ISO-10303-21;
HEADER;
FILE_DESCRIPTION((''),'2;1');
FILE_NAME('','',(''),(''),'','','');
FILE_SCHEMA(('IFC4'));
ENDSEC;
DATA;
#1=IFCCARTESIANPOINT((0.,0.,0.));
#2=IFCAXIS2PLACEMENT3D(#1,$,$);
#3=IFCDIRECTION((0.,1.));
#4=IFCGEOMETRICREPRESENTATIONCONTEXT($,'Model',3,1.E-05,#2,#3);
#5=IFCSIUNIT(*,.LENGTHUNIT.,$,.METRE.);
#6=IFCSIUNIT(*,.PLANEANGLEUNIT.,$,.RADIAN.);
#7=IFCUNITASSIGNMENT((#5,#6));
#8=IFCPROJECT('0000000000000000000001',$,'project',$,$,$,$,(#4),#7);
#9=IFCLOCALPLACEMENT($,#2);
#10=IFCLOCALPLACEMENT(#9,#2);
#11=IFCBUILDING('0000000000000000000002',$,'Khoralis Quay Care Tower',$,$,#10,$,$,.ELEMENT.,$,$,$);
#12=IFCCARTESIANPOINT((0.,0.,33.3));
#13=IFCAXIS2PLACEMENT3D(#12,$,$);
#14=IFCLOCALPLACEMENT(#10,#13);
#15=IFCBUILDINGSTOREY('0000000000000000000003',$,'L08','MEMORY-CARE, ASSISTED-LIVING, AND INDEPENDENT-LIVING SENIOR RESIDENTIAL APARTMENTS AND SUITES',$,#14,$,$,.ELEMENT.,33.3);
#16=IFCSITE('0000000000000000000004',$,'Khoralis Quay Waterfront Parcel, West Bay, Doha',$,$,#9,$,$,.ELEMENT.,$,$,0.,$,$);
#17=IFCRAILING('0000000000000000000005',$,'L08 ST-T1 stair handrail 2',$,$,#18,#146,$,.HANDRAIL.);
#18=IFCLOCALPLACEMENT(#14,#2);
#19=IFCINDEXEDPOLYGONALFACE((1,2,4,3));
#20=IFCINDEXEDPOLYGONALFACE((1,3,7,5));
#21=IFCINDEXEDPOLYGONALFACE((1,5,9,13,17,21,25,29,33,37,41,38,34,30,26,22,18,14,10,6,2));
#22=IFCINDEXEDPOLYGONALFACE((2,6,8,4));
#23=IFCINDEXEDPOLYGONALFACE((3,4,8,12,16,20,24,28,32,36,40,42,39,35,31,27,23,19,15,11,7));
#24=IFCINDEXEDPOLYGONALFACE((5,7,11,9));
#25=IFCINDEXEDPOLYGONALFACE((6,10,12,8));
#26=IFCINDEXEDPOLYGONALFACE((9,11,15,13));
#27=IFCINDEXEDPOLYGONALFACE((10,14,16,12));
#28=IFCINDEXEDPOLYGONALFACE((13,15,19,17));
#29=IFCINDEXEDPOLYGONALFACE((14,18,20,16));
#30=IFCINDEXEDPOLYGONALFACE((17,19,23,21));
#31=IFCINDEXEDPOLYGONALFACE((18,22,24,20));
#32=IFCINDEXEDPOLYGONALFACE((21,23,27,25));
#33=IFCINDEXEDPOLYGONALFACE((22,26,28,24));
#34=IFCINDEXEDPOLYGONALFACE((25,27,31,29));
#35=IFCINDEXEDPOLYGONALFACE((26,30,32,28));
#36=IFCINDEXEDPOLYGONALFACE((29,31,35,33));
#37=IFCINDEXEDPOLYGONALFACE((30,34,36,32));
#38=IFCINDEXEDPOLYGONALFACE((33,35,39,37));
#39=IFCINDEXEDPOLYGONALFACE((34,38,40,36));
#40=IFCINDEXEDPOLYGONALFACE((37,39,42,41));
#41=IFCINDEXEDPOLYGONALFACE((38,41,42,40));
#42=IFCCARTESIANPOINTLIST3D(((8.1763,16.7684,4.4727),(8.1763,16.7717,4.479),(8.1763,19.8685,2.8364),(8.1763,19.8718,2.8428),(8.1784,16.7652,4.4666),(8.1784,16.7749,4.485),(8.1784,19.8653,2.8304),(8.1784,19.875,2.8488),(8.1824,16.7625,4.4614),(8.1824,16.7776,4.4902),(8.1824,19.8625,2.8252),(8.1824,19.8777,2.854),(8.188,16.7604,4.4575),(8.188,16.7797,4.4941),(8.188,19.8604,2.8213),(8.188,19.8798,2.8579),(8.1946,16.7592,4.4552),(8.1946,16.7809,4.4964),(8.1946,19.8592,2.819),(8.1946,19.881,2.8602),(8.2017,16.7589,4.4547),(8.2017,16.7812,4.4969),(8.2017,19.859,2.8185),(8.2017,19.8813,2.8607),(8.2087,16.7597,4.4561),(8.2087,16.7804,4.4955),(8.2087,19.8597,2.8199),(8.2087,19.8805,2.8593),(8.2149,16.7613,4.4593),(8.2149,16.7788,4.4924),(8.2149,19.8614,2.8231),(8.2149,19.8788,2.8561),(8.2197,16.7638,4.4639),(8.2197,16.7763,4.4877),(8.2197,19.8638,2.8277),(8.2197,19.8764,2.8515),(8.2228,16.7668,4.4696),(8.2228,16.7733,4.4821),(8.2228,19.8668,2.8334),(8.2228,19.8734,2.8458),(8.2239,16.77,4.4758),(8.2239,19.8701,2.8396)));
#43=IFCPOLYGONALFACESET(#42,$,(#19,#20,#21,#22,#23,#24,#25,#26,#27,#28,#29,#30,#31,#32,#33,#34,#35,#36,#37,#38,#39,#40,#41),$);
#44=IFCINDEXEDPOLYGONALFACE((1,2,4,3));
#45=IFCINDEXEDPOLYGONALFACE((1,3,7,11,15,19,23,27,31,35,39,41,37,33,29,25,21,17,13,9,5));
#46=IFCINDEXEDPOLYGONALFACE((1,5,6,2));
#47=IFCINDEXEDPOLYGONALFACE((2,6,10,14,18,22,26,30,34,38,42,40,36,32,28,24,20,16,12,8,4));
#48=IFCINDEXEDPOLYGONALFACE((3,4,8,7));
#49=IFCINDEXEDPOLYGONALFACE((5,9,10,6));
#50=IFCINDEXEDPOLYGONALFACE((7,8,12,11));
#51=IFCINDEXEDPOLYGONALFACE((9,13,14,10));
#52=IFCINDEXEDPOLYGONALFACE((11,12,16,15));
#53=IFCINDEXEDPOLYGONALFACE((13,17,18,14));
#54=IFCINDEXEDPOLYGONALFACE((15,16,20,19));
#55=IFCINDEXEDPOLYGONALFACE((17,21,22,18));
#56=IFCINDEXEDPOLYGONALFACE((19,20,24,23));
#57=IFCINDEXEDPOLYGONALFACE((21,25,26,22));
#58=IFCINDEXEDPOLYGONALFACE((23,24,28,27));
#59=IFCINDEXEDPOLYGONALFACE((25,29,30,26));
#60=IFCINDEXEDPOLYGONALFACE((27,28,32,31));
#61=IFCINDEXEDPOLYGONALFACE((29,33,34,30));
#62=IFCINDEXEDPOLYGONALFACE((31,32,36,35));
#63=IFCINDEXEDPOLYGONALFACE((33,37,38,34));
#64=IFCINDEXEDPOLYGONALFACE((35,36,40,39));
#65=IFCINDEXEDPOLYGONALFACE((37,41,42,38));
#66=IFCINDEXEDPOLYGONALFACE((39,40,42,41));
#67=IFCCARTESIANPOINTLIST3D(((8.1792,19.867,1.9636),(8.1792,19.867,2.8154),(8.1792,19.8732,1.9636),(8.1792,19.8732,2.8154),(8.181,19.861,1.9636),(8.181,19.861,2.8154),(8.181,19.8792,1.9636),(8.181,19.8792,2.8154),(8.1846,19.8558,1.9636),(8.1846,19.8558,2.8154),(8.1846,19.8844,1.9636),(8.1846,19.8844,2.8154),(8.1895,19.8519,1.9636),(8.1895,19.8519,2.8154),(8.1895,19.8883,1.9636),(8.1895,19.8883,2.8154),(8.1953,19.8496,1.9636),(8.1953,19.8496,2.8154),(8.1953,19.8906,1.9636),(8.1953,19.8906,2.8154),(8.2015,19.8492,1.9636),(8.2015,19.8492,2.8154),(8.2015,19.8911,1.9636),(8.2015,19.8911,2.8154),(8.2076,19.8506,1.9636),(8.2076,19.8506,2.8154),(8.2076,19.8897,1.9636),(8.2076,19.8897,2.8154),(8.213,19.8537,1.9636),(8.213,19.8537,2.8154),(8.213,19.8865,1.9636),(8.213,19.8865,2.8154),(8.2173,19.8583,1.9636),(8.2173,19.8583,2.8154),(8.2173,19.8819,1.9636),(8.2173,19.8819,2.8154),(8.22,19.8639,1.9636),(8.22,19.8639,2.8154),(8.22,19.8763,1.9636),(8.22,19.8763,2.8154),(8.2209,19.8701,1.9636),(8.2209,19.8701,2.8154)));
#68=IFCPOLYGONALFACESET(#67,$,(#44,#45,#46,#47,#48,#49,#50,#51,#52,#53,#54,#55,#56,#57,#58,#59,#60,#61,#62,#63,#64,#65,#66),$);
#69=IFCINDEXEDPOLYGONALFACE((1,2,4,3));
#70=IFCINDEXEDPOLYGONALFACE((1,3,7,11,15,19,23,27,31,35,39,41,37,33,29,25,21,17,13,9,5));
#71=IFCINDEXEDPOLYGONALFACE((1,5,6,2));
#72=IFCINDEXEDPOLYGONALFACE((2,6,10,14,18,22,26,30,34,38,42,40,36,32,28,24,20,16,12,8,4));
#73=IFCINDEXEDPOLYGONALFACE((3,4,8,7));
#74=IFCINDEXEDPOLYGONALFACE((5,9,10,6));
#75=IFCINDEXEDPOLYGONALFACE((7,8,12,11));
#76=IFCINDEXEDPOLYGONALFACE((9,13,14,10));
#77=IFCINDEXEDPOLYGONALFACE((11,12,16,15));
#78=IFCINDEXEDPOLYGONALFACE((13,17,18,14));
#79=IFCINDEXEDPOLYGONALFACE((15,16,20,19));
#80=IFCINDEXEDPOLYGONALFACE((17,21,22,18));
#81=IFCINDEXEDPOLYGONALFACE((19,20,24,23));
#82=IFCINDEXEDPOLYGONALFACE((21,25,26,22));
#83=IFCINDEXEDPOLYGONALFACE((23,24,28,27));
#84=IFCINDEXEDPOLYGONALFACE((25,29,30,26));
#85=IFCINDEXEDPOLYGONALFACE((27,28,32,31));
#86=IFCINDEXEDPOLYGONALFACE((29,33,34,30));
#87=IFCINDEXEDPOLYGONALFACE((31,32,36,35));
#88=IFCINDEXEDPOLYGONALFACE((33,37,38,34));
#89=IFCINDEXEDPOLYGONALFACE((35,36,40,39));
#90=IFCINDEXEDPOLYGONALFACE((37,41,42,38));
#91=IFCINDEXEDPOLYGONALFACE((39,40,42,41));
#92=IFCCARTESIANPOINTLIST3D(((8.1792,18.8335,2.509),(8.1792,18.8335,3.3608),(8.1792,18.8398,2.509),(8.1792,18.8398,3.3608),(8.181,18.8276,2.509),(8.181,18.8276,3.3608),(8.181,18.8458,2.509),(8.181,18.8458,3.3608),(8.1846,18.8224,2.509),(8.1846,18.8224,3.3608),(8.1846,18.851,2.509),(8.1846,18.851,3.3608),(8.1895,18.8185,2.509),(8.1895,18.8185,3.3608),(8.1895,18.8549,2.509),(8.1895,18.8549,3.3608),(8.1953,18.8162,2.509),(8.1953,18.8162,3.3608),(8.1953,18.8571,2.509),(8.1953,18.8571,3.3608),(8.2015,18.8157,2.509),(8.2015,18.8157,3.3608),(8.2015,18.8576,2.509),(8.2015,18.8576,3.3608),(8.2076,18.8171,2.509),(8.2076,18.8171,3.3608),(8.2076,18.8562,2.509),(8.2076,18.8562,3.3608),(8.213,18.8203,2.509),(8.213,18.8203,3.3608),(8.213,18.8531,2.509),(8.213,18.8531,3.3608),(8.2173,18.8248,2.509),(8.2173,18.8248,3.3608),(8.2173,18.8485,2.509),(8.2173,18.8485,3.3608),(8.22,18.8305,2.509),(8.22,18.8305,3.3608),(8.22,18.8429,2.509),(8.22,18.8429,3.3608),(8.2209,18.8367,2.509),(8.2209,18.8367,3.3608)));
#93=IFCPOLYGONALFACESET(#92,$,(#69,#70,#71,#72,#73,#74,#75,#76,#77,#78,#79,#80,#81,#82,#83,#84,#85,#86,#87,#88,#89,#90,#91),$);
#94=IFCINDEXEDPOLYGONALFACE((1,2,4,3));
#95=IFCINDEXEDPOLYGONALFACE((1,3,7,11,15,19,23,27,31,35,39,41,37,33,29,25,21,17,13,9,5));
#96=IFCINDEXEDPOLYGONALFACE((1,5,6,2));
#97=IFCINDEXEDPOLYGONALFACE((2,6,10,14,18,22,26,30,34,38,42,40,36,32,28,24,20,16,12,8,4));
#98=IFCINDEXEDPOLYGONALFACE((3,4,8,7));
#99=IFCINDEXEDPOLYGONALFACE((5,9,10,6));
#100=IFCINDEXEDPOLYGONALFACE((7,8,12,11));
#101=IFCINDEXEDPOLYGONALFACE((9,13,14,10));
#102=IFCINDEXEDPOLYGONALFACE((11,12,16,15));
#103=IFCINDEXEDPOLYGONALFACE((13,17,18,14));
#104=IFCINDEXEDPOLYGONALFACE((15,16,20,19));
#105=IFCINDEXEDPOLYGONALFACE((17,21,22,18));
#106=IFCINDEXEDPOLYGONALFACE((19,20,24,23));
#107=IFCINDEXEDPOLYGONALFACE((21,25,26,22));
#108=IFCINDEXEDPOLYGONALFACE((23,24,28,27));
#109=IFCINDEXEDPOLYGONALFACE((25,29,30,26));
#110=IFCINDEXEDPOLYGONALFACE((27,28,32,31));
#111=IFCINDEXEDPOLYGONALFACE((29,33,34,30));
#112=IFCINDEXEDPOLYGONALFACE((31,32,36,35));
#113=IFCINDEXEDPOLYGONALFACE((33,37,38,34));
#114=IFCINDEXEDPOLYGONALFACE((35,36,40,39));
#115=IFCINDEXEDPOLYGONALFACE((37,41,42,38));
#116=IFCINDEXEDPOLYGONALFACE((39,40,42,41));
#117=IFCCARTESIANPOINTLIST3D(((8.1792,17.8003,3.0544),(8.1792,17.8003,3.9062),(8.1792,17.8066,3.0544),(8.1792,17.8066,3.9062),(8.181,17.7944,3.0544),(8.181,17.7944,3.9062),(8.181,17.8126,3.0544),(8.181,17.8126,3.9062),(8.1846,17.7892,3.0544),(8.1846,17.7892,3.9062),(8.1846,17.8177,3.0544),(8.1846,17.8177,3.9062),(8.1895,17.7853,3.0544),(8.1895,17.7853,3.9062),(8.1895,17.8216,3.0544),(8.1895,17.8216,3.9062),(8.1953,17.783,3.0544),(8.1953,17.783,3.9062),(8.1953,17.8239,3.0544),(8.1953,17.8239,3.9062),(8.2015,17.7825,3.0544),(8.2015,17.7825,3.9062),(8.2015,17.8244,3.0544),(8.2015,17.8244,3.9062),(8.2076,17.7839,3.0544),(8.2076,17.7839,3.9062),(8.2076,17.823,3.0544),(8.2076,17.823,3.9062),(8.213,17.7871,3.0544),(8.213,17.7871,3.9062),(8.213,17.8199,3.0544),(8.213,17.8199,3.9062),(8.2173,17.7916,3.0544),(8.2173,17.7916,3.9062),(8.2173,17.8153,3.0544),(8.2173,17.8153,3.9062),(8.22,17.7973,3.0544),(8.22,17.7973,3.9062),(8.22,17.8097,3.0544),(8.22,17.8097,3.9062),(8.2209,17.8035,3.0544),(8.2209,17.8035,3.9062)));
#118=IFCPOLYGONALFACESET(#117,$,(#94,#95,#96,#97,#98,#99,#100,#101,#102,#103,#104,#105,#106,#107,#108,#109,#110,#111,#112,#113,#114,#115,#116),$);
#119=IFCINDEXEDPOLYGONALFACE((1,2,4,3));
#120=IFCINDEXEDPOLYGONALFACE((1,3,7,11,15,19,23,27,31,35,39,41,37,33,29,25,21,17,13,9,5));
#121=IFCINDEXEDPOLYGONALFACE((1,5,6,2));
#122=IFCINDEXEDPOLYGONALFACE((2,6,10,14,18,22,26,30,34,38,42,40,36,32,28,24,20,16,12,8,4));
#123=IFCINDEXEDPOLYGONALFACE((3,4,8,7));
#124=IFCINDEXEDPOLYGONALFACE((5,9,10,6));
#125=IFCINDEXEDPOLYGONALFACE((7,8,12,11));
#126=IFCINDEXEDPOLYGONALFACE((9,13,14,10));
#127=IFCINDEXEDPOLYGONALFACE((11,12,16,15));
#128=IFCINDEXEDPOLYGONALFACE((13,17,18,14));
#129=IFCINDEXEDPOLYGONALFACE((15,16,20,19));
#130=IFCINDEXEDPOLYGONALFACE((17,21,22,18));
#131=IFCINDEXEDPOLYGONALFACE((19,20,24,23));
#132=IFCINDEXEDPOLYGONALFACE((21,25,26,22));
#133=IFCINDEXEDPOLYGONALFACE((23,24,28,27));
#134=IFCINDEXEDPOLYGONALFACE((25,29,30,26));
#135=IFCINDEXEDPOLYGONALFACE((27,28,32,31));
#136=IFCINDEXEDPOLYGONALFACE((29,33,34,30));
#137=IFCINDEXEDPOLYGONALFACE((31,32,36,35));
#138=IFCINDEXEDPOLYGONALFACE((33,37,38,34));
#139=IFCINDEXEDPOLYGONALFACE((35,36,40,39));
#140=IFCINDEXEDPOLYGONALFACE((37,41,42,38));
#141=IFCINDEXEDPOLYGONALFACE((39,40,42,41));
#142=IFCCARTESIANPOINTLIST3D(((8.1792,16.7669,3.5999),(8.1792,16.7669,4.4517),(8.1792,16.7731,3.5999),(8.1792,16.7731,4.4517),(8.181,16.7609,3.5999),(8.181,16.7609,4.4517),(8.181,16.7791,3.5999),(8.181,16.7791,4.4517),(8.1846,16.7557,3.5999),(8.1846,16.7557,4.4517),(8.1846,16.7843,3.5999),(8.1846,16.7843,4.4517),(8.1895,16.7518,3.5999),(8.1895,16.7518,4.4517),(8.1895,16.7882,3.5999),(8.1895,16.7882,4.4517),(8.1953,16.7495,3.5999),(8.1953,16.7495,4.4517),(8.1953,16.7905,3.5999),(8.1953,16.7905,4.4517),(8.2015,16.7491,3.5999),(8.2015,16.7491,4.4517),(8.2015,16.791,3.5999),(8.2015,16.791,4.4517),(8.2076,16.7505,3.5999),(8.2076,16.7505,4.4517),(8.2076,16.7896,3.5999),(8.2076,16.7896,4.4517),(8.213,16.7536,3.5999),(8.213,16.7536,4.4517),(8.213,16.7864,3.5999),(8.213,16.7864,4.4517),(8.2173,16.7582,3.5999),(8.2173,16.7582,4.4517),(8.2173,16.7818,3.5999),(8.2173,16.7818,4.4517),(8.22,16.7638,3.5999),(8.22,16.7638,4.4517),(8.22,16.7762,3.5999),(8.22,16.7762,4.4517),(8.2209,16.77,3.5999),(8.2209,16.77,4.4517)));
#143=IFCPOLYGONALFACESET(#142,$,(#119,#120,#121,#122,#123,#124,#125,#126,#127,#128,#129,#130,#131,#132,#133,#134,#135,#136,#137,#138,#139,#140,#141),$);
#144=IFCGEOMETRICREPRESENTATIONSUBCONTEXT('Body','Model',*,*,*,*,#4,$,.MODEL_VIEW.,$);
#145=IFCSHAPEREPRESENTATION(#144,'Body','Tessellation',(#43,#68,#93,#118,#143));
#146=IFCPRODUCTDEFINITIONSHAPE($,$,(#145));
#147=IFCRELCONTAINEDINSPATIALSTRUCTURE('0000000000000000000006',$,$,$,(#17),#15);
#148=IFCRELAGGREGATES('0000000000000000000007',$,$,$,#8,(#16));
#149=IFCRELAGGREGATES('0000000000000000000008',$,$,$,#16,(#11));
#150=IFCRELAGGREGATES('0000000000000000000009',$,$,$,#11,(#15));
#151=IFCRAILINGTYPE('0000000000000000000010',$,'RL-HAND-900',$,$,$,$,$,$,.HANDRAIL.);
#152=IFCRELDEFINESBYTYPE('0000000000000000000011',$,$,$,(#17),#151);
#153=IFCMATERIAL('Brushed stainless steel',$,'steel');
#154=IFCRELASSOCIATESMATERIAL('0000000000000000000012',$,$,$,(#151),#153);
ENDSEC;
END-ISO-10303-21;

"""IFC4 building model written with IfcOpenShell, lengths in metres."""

from ifc_helpers import new_model, si_unit, direction, frame, origin, origin_2d, place, context, subcontext, project, spatial, circle, extrude, material, type_object, element, save


model = new_model("IFC4")

# Units and contexts
model_context = context("Model", 3, precision=1e-05, world=origin(), true_north=direction((0.0, 1.0)))
body_context = subcontext(model_context, "Body", "Model", "MODEL_VIEW")
ifc_project = project(units=[si_unit("LENGTHUNIT", "METRE"), si_unit("PLANEANGLEUNIT", "RADIAN")], contexts=[model_context])

# Site, building, storey
site_placement = place(None, origin())
site = spatial("IfcSite", under=ifc_project, at=site_placement, Name="Khoralis Quay Waterfront Parcel, West Bay, Doha", CompositionType="ELEMENT", RefElevation=0.0)
building_placement = place(site_placement, origin())
building = spatial("IfcBuilding", under=site, at=building_placement, Name="Khoralis Quay Care Tower", CompositionType="ELEMENT")
storey_placement = place(building_placement, frame((0.0, 0.0, 33.3)))
storey = spatial("IfcBuildingStorey", under=building, at=storey_placement, Name="L08", Description="MEMORY-CARE, ASSISTED-LIVING, AND INDEPENDENT-LIVING SENIOR RESIDENTIAL APARTMENTS AND SUITES", CompositionType="ELEMENT", Elevation=33.3)

# Shared definitions
ifc_material_1 = material(Name="Brushed stainless steel", Category="steel")

# Railing
railing_type_1 = type_object("IfcRailingType", Name="RL-HAND-900", PredefinedType="HANDRAIL", material=ifc_material_1)
railing_1_placement = place(storey_placement, frame((8.2, 19.8701, 1.9636)))
element("IfcRailing", 1, at=railing_1_placement, inside=storey, type_object=railing_type_1, Name="L08 ST-T1 stair handrail 2", PredefinedType="HANDRAIL", context=body_context, shape_type="SweptSolid", body=[
    extrude(circle(Radius=0.0239, at=origin_2d()), frame((0.0, 0.0, 0.876), z_axis=(0.0, -0.884377, 0.466774), x_axis=(1.0, 0.0, 0.0)), (0.0, 0.0, 1.0), 3.5054),
    extrude(circle(Radius=0.021, at=origin_2d()), origin(), (0.0, 0.0, 1.0), 0.8518),
    extrude(circle(Radius=0.021, at=origin_2d()), frame((0.0, -1.0334, 0.5454)), (0.0, 0.0, 1.0), 0.8518),
    extrude(circle(Radius=0.021, at=origin_2d()), frame((0.0, -2.0667, 1.0908)), (0.0, 0.0, 1.0), 0.8518),
    extrude(circle(Radius=0.021, at=origin_2d()), frame((0.0, -3.1001, 1.6362)), (0.0, 0.0, 1.0), 0.8518),
])

save(model, "model.ifc")
